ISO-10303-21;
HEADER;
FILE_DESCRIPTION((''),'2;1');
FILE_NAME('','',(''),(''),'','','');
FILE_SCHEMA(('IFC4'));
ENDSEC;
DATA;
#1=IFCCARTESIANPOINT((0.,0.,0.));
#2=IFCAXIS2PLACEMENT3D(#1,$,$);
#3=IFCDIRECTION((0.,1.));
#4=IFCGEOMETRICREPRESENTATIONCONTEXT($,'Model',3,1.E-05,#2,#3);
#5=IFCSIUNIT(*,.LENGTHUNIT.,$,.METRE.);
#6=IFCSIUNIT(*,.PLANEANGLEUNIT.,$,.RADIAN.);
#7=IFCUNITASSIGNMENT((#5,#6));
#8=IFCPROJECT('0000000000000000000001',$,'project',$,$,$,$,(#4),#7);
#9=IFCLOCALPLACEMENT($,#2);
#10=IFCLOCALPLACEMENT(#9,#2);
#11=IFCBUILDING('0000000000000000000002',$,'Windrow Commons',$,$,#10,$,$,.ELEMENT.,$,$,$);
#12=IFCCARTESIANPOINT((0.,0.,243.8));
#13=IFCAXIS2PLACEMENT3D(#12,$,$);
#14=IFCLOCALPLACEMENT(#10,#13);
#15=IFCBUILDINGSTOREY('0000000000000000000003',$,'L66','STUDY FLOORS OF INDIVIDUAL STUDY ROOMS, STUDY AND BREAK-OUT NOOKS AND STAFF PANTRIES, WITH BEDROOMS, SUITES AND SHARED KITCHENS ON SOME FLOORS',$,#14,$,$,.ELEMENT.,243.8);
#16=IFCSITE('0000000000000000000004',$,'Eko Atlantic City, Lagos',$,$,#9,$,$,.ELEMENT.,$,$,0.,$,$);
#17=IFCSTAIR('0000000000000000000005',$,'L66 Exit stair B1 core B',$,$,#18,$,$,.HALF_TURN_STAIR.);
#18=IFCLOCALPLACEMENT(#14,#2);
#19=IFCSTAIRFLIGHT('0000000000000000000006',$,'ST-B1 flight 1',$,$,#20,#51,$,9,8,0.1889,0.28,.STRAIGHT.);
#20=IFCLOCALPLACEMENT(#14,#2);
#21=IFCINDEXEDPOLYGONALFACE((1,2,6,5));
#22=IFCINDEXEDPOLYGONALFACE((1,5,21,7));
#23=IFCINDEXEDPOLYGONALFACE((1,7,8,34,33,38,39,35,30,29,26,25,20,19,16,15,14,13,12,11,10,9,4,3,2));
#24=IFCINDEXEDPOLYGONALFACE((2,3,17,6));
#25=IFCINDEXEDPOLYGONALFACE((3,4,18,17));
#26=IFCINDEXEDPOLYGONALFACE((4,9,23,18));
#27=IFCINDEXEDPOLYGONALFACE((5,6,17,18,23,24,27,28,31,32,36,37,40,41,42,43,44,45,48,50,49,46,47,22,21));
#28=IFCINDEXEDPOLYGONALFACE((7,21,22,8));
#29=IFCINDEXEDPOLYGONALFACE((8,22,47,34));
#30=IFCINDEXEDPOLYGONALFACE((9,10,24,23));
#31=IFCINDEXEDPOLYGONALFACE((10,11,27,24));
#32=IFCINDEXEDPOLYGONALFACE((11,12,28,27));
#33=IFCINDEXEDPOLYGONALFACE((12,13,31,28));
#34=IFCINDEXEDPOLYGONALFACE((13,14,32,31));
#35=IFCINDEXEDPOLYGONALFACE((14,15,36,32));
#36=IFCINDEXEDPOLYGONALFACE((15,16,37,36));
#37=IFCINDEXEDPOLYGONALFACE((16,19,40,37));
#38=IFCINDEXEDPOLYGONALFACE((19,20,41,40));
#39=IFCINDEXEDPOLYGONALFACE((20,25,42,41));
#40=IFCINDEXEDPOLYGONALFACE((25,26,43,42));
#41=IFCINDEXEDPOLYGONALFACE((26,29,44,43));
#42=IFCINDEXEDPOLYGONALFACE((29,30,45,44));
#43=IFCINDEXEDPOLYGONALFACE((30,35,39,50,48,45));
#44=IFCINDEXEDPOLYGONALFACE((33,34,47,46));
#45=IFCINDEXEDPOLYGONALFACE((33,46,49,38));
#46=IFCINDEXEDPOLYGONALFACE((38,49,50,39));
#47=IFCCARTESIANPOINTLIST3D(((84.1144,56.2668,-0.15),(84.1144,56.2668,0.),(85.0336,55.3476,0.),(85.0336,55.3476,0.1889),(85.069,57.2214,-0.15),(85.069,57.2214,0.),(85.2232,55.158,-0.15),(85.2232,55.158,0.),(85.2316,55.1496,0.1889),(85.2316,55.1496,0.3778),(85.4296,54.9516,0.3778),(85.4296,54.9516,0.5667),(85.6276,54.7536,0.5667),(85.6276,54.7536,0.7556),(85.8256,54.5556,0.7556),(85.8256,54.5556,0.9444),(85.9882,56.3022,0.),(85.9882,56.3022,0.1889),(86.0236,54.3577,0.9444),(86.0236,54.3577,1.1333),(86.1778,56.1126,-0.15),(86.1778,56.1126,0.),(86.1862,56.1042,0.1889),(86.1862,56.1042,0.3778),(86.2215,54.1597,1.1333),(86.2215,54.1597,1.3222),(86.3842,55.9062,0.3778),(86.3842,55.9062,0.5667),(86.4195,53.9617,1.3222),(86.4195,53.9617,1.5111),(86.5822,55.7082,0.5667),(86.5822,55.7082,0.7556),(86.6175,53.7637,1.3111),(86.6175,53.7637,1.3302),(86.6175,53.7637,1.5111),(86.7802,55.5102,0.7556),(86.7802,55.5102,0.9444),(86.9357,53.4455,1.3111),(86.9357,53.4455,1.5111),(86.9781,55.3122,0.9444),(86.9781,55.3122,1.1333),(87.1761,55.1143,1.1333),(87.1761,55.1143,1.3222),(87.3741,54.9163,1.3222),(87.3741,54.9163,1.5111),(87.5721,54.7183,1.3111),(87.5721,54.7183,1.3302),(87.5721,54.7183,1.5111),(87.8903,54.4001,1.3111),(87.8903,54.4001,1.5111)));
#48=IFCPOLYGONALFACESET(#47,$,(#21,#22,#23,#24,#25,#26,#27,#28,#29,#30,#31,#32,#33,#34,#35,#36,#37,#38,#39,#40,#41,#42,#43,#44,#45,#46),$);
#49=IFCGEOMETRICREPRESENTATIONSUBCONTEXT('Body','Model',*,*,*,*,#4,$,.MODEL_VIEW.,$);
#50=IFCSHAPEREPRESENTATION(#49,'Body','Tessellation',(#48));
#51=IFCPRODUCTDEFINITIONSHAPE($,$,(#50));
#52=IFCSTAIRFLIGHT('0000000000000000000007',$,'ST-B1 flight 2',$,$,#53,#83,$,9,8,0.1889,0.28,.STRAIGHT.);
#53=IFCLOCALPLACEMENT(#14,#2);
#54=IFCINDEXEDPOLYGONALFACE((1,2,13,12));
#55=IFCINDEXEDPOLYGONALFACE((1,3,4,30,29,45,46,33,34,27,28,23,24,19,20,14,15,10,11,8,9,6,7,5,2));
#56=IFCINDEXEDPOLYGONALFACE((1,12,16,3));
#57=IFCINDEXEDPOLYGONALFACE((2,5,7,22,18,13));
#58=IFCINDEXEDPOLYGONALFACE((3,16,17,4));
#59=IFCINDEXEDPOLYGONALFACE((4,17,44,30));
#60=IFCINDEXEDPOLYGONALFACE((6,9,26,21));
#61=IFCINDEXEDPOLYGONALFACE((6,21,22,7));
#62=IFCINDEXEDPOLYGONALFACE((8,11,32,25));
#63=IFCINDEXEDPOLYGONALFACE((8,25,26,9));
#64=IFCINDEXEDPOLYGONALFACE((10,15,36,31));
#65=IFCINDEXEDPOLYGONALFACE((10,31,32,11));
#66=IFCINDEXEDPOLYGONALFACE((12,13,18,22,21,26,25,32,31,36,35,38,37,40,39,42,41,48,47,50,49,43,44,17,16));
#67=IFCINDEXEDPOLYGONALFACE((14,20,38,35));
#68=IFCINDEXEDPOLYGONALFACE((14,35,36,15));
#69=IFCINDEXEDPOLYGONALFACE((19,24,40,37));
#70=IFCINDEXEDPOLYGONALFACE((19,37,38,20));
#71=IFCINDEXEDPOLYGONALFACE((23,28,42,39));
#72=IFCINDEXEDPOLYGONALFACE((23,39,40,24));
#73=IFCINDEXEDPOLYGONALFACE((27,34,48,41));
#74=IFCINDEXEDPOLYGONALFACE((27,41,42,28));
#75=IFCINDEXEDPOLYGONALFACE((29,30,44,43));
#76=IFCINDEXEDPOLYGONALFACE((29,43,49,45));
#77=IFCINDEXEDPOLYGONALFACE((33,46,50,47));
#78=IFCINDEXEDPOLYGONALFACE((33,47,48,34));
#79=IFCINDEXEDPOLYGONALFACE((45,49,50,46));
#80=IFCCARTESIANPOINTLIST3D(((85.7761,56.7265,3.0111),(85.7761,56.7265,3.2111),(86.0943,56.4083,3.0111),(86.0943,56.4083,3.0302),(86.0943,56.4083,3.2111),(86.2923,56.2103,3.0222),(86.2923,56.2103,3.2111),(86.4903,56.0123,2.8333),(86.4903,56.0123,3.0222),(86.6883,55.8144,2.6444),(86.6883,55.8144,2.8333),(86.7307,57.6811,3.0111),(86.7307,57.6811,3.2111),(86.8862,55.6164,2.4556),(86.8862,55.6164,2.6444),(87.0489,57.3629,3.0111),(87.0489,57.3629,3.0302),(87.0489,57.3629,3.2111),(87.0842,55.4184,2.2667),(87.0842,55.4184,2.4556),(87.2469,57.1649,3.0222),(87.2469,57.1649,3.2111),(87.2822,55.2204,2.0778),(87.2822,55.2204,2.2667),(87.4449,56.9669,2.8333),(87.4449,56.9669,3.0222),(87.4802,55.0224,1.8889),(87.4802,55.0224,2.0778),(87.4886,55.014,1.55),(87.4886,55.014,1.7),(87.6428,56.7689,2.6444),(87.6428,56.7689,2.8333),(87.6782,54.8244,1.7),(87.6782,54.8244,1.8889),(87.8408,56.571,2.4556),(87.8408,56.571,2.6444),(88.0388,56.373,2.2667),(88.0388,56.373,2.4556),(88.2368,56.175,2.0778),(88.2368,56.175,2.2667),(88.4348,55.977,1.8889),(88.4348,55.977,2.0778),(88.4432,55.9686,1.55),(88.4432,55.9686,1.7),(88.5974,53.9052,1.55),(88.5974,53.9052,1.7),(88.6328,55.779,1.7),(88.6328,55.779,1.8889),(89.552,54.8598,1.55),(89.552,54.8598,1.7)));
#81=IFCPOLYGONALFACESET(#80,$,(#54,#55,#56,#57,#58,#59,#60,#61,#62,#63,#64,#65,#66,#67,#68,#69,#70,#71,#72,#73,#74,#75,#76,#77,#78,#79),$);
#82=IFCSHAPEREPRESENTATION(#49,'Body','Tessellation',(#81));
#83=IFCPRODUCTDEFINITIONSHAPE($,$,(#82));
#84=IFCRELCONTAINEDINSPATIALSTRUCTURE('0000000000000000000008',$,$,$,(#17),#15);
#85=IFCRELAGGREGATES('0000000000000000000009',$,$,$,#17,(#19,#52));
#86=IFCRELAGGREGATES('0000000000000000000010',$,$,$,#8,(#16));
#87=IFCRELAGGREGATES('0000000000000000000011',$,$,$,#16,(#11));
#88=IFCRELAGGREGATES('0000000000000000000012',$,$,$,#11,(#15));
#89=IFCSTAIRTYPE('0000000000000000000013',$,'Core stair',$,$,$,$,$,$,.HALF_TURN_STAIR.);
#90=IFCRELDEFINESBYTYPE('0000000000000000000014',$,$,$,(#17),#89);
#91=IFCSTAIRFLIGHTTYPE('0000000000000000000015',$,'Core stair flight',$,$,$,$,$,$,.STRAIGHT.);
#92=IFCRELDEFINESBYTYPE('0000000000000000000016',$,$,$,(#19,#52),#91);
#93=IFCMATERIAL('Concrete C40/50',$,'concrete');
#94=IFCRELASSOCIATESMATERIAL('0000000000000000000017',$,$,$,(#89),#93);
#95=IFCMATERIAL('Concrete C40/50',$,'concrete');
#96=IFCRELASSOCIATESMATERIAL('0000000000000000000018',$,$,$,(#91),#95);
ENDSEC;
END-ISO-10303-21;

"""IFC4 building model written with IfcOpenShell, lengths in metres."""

from ifc_helpers import new_model, si_unit, direction, frame, origin, place, context, subcontext, project, spatial, polyline, outline, extrude, material, type_object, element, aggregate, save


model = new_model("IFC4")

# Units and contexts
model_context = context("Model", 3, precision=1e-05, world=origin(), true_north=direction((0.0, 1.0)))
body_context = subcontext(model_context, "Body", "Model", "MODEL_VIEW")
ifc_project = project(units=[si_unit("LENGTHUNIT", "METRE"), si_unit("PLANEANGLEUNIT", "RADIAN")], contexts=[model_context])

# Site, building, storey
site_placement = place(None, origin())
site = spatial("IfcSite", under=ifc_project, at=site_placement, Name="Eko Atlantic City, Lagos", CompositionType="ELEMENT", RefElevation=0.0)
building_placement = place(site_placement, origin())
building = spatial("IfcBuilding", under=site, at=building_placement, Name="Windrow Commons", CompositionType="ELEMENT")
storey_placement = place(building_placement, frame((0.0, 0.0, 243.8)))
storey = spatial("IfcBuildingStorey", under=building, at=storey_placement, Name="L66", Description="STUDY FLOORS OF INDIVIDUAL STUDY ROOMS, STUDY AND BREAK-OUT NOOKS AND STAFF PANTRIES, WITH BEDROOMS, SUITES AND SHARED KITCHENS ON SOME FLOORS", CompositionType="ELEMENT", Elevation=243.8)

# Stair, stair flights
ifc_material_1 = material(Name="Concrete C40/50", Category="concrete")
stair_type = type_object("IfcStairType", Name="Core stair", PredefinedType="HALF_TURN_STAIR", material=ifc_material_1)
stair_placement = place(storey_placement, origin())
stair = element("IfcStair", 1, at=stair_placement, inside=storey, type_object=stair_type, Name="L66 Exit stair B1 core B", PredefinedType="HALF_TURN_STAIR")
ifc_material_2 = material(Name="Concrete C40/50", Category="concrete")
stair_flight_type = type_object("IfcStairFlightType", Name="Core stair flight", PredefinedType="STRAIGHT", material=ifc_material_2)
stair_flight_1_placement = place(storey_placement, frame((85.5109, 55.8249, 0.0), z_axis=(0.0, 0.0, 1.0), x_axis=(0.707107, -0.707107, 0.0)))
stair_flight_1 = element("IfcStairFlight", 2, at=stair_flight_1_placement, type_object=stair_flight_type, Name="ST-B1 flight 1", NumberOfRisers=9, NumberOfTreads=8, PredefinedType="STRAIGHT", RiserHeight=0.1889, TreadLength=0.28, context=body_context, shape_type="SweptSolid", body=[
    extrude(outline(polyline([(-1.3, -0.15), (-1.3, 0.0), (0.0, 0.0), (0.0, 0.1889), (0.28, 0.1889), (0.28, 0.3778), (0.56, 0.3778), (0.56, 0.5667), (0.84, 0.5667), (0.84, 0.7556), (1.12, 0.7556), (1.12, 0.9444), (1.4, 0.9444), (1.4, 1.1333), (1.68, 1.1333), (1.68, 1.3222), (1.96, 1.3222), (1.96, 1.5111), (2.24, 1.5111), (2.69, 1.5111), (2.69, 1.3111), (2.24, 1.3111), (2.24, 1.3302), (0.2682, 0.0), (0.2682, -0.15), (-1.3, -0.15)])), frame((0.0, 0.675, 0.0), z_axis=(0.0, -1.0, 0.0), x_axis=(1.0, 0.0, 0.0)), (0.0, 0.0, 1.0), 1.35),
])
stair_flight_2_placement = place(storey_placement, frame((88.1555, 55.3017, 1.7), z_axis=(0.0, 0.0, 1.0), x_axis=(-0.707107, 0.707107, 0.0)))
stair_flight_2 = element("IfcStairFlight", 3, at=stair_flight_2_placement, type_object=stair_flight_type, Name="ST-B1 flight 2", NumberOfRisers=9, NumberOfTreads=8, PredefinedType="STRAIGHT", RiserHeight=0.1889, TreadLength=0.28, context=body_context, shape_type="SweptSolid", body=[
    extrude(outline(polyline([(-1.3, -0.15), (-1.3, 0.0), (0.0, 0.0), (0.0, 0.1889), (0.28, 0.1889), (0.28, 0.3778), (0.56, 0.3778), (0.56, 0.5667), (0.84, 0.5667), (0.84, 0.7556), (1.12, 0.7556), (1.12, 0.9444), (1.4, 0.9444), (1.4, 1.1333), (1.68, 1.1333), (1.68, 1.3222), (1.96, 1.3222), (1.96, 1.5111), (2.24, 1.5111), (2.69, 1.5111), (2.69, 1.3111), (2.24, 1.3111), (2.24, 1.3302), (0.2682, 0.0), (0.2682, -0.15), (-1.3, -0.15)])), frame((0.0, 0.675, 0.0), z_axis=(0.0, -1.0, 0.0), x_axis=(1.0, 0.0, 0.0)), (0.0, 0.0, 1.0), 1.35),
])
aggregate(stair, [stair_flight_1, stair_flight_2])

save(model, "model.ifc")
